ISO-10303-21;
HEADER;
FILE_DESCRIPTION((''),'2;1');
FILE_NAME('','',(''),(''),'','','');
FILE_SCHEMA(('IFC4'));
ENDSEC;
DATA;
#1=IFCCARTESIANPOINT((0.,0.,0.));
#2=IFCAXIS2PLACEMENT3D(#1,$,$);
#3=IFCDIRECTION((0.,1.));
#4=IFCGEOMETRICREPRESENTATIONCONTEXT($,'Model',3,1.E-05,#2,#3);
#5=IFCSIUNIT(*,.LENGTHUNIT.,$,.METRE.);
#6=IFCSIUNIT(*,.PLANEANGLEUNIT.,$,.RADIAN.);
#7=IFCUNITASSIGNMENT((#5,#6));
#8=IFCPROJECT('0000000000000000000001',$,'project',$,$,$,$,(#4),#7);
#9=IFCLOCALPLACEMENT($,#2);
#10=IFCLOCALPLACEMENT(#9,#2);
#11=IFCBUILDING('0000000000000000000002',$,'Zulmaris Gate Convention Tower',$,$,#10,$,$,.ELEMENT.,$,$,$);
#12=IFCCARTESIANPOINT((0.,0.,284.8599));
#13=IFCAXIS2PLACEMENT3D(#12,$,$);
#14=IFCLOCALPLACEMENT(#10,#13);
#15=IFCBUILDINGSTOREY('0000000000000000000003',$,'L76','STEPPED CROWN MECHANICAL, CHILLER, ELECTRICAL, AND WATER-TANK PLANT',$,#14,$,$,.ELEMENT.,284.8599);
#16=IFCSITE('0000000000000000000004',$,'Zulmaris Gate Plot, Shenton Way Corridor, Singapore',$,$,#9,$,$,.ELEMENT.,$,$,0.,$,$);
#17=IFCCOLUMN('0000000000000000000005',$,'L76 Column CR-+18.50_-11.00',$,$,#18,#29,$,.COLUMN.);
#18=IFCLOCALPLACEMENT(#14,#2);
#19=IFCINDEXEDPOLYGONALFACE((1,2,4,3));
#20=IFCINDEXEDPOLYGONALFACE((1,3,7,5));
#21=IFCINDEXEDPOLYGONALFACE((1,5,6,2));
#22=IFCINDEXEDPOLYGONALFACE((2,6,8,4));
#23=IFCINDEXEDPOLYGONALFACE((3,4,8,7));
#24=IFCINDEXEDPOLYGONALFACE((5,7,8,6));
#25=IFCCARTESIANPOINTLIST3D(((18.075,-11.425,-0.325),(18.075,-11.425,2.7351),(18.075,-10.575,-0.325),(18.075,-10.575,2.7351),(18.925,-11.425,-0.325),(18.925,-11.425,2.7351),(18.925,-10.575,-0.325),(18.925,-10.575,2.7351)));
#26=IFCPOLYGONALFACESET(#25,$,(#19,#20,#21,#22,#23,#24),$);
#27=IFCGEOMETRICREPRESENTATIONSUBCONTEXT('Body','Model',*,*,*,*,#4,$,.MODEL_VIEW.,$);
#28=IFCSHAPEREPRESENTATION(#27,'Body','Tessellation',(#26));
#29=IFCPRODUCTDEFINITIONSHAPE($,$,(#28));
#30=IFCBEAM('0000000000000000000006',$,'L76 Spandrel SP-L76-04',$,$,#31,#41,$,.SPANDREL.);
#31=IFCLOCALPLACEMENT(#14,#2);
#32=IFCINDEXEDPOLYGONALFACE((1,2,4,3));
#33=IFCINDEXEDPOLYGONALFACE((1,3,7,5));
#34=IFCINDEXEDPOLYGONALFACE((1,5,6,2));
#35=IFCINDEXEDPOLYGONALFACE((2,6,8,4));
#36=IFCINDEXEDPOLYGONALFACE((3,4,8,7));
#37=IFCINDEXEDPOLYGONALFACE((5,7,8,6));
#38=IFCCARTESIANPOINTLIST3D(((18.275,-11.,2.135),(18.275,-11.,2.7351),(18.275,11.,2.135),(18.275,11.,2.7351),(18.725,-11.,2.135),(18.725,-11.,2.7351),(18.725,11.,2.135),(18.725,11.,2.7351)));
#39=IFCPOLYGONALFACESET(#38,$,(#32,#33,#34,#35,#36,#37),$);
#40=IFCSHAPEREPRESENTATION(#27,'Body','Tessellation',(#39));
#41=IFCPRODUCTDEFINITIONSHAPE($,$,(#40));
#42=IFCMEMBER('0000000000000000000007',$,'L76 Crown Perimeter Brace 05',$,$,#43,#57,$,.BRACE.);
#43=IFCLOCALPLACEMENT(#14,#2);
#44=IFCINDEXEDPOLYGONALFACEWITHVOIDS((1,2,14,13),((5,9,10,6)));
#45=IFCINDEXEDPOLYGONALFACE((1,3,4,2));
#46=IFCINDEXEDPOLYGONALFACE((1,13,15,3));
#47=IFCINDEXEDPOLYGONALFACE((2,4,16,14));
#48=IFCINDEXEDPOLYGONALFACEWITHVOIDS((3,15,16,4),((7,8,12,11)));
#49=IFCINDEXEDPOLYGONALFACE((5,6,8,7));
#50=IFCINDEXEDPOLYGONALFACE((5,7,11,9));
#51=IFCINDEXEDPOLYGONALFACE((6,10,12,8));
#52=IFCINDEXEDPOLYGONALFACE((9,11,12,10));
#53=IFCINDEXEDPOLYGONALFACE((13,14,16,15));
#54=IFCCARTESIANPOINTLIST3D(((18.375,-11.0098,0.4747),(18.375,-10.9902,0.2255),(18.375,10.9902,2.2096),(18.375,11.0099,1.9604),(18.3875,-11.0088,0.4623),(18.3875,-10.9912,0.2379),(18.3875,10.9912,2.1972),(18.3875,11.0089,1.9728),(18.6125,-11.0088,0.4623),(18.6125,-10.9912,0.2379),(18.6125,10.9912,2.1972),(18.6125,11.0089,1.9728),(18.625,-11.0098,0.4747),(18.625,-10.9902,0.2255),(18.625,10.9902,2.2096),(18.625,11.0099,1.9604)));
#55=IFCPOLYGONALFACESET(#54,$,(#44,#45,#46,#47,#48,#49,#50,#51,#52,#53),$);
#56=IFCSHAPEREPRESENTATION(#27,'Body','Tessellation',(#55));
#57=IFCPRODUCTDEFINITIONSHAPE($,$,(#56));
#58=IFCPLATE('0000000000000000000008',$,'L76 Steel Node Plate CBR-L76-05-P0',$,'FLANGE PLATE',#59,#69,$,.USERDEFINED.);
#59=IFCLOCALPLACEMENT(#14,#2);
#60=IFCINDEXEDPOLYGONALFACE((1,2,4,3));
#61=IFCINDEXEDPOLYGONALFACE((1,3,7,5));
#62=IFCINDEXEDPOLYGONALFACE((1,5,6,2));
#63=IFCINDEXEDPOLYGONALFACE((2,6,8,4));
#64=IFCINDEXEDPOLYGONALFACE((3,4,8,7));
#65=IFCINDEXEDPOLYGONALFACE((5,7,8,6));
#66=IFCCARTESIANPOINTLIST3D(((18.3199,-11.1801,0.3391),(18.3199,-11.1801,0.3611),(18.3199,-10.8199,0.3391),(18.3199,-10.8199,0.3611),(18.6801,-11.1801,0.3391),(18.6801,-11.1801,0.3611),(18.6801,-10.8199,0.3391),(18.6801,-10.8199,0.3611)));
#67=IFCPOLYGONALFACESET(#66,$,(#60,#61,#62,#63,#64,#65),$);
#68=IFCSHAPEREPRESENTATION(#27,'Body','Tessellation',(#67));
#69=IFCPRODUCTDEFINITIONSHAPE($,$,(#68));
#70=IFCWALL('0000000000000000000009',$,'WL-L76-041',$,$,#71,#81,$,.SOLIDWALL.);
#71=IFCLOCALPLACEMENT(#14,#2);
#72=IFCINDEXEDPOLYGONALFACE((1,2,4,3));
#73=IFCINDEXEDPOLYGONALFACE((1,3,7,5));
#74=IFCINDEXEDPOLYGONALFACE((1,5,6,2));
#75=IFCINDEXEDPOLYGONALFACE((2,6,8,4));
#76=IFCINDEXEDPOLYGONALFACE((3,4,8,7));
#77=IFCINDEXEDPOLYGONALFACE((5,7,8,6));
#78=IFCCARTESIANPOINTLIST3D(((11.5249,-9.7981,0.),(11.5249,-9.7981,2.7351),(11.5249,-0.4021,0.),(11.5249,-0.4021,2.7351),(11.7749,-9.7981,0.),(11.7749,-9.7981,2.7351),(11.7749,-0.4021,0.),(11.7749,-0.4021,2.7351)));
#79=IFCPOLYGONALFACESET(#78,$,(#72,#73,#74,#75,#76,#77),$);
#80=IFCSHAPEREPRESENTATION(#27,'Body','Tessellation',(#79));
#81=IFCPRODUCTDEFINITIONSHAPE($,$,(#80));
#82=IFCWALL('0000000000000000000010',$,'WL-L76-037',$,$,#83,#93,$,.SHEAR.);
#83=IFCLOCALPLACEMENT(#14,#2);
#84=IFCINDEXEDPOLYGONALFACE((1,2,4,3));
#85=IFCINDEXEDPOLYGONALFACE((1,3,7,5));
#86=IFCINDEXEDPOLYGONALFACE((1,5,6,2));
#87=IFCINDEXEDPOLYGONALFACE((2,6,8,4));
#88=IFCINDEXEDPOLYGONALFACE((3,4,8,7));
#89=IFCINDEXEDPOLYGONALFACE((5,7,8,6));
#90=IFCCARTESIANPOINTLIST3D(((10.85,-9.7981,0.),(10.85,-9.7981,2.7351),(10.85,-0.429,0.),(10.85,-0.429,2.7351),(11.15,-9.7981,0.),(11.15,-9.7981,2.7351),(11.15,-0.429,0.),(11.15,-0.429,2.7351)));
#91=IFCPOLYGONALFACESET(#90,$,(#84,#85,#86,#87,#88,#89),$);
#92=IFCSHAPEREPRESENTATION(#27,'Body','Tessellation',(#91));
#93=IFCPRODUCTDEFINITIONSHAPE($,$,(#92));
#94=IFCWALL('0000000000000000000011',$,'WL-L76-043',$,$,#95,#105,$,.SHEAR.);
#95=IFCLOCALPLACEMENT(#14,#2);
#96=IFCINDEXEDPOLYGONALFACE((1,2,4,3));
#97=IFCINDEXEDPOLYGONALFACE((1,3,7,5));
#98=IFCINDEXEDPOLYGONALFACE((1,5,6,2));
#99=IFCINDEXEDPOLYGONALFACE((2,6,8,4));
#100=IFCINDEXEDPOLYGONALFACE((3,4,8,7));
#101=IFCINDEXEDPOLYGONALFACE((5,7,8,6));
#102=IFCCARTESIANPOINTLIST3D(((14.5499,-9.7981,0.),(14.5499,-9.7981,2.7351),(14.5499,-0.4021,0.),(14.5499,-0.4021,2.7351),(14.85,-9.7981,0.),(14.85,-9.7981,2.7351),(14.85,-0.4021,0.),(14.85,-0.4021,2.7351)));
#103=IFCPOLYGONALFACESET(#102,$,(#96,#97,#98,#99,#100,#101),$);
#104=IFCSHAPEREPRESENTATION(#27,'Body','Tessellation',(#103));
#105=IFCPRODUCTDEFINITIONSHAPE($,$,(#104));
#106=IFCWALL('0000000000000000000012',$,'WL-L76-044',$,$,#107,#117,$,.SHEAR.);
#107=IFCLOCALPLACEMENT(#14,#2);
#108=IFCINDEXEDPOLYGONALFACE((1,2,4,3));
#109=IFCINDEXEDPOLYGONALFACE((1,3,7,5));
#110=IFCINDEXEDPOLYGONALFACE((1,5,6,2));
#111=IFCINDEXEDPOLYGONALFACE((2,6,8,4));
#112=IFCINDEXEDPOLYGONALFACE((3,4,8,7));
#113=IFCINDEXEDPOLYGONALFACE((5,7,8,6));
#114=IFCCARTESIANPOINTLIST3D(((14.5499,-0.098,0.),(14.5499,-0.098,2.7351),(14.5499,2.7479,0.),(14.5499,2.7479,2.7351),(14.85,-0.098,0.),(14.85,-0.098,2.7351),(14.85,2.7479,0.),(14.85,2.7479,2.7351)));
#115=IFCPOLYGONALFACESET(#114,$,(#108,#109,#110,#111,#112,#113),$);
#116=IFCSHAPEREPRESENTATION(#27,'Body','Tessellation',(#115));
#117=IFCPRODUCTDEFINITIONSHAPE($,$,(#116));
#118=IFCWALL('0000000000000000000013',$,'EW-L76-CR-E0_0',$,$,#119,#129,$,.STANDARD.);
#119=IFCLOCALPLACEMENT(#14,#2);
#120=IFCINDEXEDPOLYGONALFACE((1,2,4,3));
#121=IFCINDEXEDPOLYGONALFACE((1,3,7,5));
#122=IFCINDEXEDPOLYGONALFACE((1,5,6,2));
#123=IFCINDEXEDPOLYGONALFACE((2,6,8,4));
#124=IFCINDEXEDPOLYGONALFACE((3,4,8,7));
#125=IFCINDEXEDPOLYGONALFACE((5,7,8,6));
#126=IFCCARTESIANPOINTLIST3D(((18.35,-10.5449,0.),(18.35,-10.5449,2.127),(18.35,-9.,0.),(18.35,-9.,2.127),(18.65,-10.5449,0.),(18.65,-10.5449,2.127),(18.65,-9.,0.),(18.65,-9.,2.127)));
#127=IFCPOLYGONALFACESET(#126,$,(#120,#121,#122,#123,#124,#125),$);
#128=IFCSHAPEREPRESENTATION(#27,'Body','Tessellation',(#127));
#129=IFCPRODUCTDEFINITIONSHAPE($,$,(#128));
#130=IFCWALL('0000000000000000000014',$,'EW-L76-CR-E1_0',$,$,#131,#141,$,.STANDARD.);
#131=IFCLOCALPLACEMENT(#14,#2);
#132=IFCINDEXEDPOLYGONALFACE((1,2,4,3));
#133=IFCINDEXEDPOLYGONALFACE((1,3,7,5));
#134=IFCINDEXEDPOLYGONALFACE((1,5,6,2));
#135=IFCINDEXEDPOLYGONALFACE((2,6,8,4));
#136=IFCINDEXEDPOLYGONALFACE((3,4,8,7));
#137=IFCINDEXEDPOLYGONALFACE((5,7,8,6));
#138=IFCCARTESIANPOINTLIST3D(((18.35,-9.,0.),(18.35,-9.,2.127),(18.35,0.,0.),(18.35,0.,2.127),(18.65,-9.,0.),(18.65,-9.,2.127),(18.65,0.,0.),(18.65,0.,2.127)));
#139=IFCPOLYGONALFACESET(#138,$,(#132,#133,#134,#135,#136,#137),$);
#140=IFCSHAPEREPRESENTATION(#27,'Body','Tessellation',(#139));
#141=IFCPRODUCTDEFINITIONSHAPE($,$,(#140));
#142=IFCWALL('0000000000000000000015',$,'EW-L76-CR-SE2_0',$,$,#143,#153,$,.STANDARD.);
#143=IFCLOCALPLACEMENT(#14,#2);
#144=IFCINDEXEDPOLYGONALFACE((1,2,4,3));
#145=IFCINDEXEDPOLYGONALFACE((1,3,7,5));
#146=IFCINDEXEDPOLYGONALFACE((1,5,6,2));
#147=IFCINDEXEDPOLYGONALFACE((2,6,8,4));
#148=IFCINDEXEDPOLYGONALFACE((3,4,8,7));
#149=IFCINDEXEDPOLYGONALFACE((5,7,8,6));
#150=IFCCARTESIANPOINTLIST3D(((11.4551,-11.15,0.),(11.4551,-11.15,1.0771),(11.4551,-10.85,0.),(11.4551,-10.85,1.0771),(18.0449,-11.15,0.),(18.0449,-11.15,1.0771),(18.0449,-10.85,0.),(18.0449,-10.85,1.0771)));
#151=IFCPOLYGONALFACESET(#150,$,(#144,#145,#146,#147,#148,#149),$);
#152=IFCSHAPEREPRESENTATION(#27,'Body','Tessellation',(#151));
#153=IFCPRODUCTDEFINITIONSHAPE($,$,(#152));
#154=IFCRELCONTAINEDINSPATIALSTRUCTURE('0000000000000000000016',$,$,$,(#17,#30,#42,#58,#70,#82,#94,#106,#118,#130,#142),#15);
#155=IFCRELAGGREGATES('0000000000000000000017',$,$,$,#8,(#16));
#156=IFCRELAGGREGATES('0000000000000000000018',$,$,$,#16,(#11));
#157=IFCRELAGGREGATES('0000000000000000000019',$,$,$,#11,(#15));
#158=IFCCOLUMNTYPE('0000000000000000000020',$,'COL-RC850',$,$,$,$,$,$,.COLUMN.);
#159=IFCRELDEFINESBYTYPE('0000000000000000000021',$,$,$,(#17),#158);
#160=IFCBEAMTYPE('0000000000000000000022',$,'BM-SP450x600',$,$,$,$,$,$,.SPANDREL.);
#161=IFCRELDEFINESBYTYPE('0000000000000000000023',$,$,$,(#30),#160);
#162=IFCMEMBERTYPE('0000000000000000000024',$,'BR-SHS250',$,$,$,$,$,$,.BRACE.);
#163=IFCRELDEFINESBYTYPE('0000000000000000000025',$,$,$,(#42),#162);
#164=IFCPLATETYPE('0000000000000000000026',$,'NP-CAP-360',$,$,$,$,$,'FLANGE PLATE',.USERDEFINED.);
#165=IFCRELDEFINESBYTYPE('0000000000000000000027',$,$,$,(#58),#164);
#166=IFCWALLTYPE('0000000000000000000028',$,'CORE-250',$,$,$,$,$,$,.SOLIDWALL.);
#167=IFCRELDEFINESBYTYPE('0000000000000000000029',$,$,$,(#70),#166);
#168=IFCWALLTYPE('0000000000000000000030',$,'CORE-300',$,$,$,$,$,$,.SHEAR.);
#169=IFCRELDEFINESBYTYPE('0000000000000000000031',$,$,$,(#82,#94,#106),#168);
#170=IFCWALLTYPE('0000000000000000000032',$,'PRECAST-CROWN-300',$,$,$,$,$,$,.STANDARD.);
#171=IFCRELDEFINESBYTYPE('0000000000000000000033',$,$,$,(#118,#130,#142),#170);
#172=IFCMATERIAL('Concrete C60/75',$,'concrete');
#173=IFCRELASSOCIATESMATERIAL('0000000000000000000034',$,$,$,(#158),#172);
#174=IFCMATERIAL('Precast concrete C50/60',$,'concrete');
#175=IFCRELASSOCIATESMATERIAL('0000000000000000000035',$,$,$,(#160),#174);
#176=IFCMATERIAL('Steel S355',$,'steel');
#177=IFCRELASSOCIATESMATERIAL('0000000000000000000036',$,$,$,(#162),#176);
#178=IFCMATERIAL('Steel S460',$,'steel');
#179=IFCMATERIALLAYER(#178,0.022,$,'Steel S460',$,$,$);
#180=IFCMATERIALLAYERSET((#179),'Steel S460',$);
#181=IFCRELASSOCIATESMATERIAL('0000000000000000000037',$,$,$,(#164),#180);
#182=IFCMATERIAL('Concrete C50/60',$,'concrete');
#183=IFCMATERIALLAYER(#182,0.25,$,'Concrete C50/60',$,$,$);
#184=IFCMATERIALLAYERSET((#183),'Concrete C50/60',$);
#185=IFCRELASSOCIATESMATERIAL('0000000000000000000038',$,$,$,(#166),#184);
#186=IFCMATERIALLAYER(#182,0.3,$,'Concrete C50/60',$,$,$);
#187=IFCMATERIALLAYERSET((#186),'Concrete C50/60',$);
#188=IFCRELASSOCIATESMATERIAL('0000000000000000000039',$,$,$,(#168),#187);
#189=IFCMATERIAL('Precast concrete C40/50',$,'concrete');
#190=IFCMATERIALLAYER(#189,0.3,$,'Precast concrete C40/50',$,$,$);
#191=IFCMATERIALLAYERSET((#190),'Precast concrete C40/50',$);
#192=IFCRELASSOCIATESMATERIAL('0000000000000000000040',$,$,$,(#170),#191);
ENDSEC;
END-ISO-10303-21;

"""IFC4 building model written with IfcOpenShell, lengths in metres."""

from ifc_helpers import new_model, si_unit, direction, frame, frame_2d, origin, origin_2d, place, context, subcontext, project, spatial, rectangle, hollow_rectangle, extrude, material, layer, layer_set, material_profile, profile_set, type_object, element, save


model = new_model("IFC4")

# Units and contexts
model_context = context("Model", 3, precision=1e-05, world=origin(), true_north=direction((0.0, 1.0)))
body_context = subcontext(model_context, "Body", "Model", "MODEL_VIEW")
ifc_project = project(units=[si_unit("LENGTHUNIT", "METRE"), si_unit("PLANEANGLEUNIT", "RADIAN")], contexts=[model_context])

# Site, building, storey
site_placement = place(None, origin())
site = spatial("IfcSite", under=ifc_project, at=site_placement, Name="Zulmaris Gate Plot, Shenton Way Corridor, Singapore", CompositionType="ELEMENT", RefElevation=0.0)
building_placement = place(site_placement, origin())
building = spatial("IfcBuilding", under=site, at=building_placement, Name="Zulmaris Gate Convention Tower", CompositionType="ELEMENT")
storey_placement = place(building_placement, frame((0.0, 0.0, 284.8599)))
storey = spatial("IfcBuildingStorey", under=building, at=storey_placement, Name="L76", Description="STEPPED CROWN MECHANICAL, CHILLER, ELECTRICAL, AND WATER-TANK PLANT", CompositionType="ELEMENT", Elevation=284.8599)

# Column
ifc_material_1 = material(Name="Concrete C60/75", Category="concrete")
ifc_material_profile_1 = material_profile(ifc_material_1, rectangle(XDim=0.8501, YDim=0.8501, at=origin_2d()), Name="RC COL 850x850")
ifc_profile_set_1 = profile_set([ifc_material_profile_1], Name="Concrete C60/75")
column_type = type_object("IfcColumnType", Name="COL-RC850", PredefinedType="COLUMN", material=ifc_profile_set_1)
column_placement = place(storey_placement, frame((18.5, -11.0, -0.325), z_axis=(0.0, 0.0, 1.0), x_axis=(1.0, 0.0, 0.0)))
element("IfcColumn", 1, at=column_placement, inside=storey, type_object=column_type, Name="L76 Column CR-+18.50_-11.00", PredefinedType="COLUMN", context=body_context, shape_type="SweptSolid", body=[
    extrude(rectangle(XDim=0.8501, YDim=0.8501, at=origin_2d()), origin(), (0.0, 0.0, 1.0), 3.0601),
])

# Beam
ifc_material_2 = material(Name="Precast concrete C50/60", Category="concrete")
ifc_material_profile_2 = material_profile(ifc_material_2, rectangle(XDim=0.45, YDim=0.6001, at=origin_2d()), Name="RC SPANDREL 450x600")
ifc_profile_set_2 = profile_set([ifc_material_profile_2], Name="Precast concrete C50/60")
beam_type = type_object("IfcBeamType", Name="BM-SP450x600", PredefinedType="SPANDREL", material=ifc_profile_set_2)
beam_placement = place(storey_placement, frame((18.5, -11.0, 2.4351), z_axis=(0.0, 1.0, 0.0), x_axis=(-1.0, 0.0, 0.0)))
element("IfcBeam", 2, at=beam_placement, inside=storey, type_object=beam_type, Name="L76 Spandrel SP-L76-04", PredefinedType="SPANDREL", context=body_context, shape_type="SweptSolid", body=[
    extrude(rectangle(XDim=0.45, YDim=0.6001, at=origin_2d()), origin(), (0.0, 0.0, 1.0), 22.0),
])

# Member
ifc_material_3 = material(Name="Steel S355", Category="steel")
ifc_material_profile_3 = material_profile(ifc_material_3, hollow_rectangle(XDim=0.25, YDim=0.25, WallThickness=0.0125, at=origin_2d()), Name="SHS 250x250x12.5")
ifc_profile_set_3 = profile_set([ifc_material_profile_3], Name="Steel S355")
member_type = type_object("IfcMemberType", Name="BR-SHS250", PredefinedType="BRACE", material=ifc_profile_set_3)
member_placement = place(storey_placement, frame((18.5, -11.0, 0.3501), z_axis=(0.0, 0.996905, 0.078613), x_axis=(-1.0, 0.0, 0.0)))
element("IfcMember", 3, at=member_placement, inside=storey, type_object=member_type, Name="L76 Crown Perimeter Brace 05", PredefinedType="BRACE", context=body_context, shape_type="SweptSolid", body=[
    extrude(hollow_rectangle(XDim=0.25, YDim=0.25, WallThickness=0.0125, at=origin_2d()), origin(), (0.0, 0.0, 1.0), 22.0684),
])

# Plate
ifc_material_4 = material(Name="Steel S460", Category="steel")
ifc_layer_1 = layer(ifc_material_4, 0.022, Name="Steel S460")
ifc_layer_set_1 = layer_set([ifc_layer_1], Name="Steel S460")
plate_type = type_object("IfcPlateType", Name="NP-CAP-360", ElementType="FLANGE PLATE", PredefinedType="USERDEFINED", material=ifc_layer_set_1)
plate_placement = place(storey_placement, frame((18.5, -11.0, 0.3391), z_axis=(0.0, 0.0, 1.0), x_axis=(1.0, 0.0, 0.0)))
element("IfcPlate", 4, at=plate_placement, inside=storey, type_object=plate_type, Name="L76 Steel Node Plate CBR-L76-05-P0", ObjectType="FLANGE PLATE", PredefinedType="USERDEFINED", context=body_context, shape_type="SweptSolid", body=[
    extrude(rectangle(XDim=0.3601, YDim=0.3601, at=origin_2d()), origin(), (0.0, 0.0, 1.0), 0.022),
])

# Wall
ifc_material_5 = material(Name="Concrete C50/60", Category="concrete")
ifc_layer_2 = layer(ifc_material_5, 0.25, Name="Concrete C50/60")
ifc_layer_set_2 = layer_set([ifc_layer_2], Name="Concrete C50/60")
wall_type_1 = type_object("IfcWallType", Name="CORE-250", PredefinedType="SOLIDWALL", material=ifc_layer_set_2)
wall_1_placement = place(storey_placement, frame((11.6499, -9.7981, 0.0), z_axis=(0.0, 0.0, 1.0), x_axis=(0.0, 1.0, 0.0)))
element("IfcWall", 5, at=wall_1_placement, inside=storey, type_object=wall_type_1, Name="WL-L76-041", PredefinedType="SOLIDWALL", context=body_context, shape_type="SweptSolid", body=[
    extrude(rectangle(XDim=9.396, YDim=0.25, at=frame_2d((4.698, 0.0))), origin(), (0.0, 0.0, 1.0), 2.7351),
])

# Shared definitions
ifc_layer_3 = layer(ifc_material_5, 0.3, Name="Concrete C50/60")
ifc_layer_set_3 = layer_set([ifc_layer_3], Name="Concrete C50/60")
wall_type_2 = type_object("IfcWallType", Name="CORE-300", PredefinedType="SHEAR", material=ifc_layer_set_3)

# Walls
wall_2_placement = place(storey_placement, frame((11.0, -9.7981, 0.0), z_axis=(0.0, 0.0, 1.0), x_axis=(0.0, 1.0, 0.0)))
element("IfcWall", 6, at=wall_2_placement, inside=storey, type_object=wall_type_2, Name="WL-L76-037", PredefinedType="SHEAR", context=body_context, shape_type="SweptSolid", body=[
    extrude(rectangle(XDim=9.3691, YDim=0.3, at=frame_2d((4.6846, 0.0))), origin(), (0.0, 0.0, 1.0), 2.7351),
])
wall_3_placement = place(storey_placement, frame((14.7, -9.7981, 0.0), z_axis=(0.0, 0.0, 1.0), x_axis=(0.0, 1.0, 0.0)))
element("IfcWall", 7, at=wall_3_placement, inside=storey, type_object=wall_type_2, Name="WL-L76-043", PredefinedType="SHEAR", context=body_context, shape_type="SweptSolid", body=[
    extrude(rectangle(XDim=9.396, YDim=0.3, at=frame_2d((4.698, 0.0))), origin(), (0.0, 0.0, 1.0), 2.7351),
])
wall_4_placement = place(storey_placement, frame((14.7, -0.0979, 0.0), z_axis=(0.0, 0.0, 1.0), x_axis=(0.0, 1.0, 0.0)))
element("IfcWall", 8, at=wall_4_placement, inside=storey, type_object=wall_type_2, Name="WL-L76-044", PredefinedType="SHEAR", context=body_context, shape_type="SweptSolid", body=[
    extrude(rectangle(XDim=2.8459, YDim=0.3, at=frame_2d((1.4229, 0.0))), origin(), (0.0, 0.0, 1.0), 2.7351),
])
ifc_material_6 = material(Name="Precast concrete C40/50", Category="concrete")
ifc_layer_4 = layer(ifc_material_6, 0.3, Name="Precast concrete C40/50")
ifc_layer_set_4 = layer_set([ifc_layer_4], Name="Precast concrete C40/50")
wall_type_3 = type_object("IfcWallType", Name="PRECAST-CROWN-300", PredefinedType="STANDARD", material=ifc_layer_set_4)
wall_5_placement = place(storey_placement, frame((18.5, -10.5449, 0.0), z_axis=(0.0, 0.0, 1.0), x_axis=(0.0, 1.0, 0.0)))
element("IfcWall", 9, at=wall_5_placement, inside=storey, type_object=wall_type_3, Name="EW-L76-CR-E0_0", PredefinedType="STANDARD", context=body_context, shape_type="SweptSolid", body=[
    extrude(rectangle(XDim=1.5449, YDim=0.3, at=frame_2d((0.7725, 0.0))), origin(), (0.0, 0.0, 1.0), 2.127),
])
wall_6_placement = place(storey_placement, frame((18.5, -9.0, 0.0), z_axis=(0.0, 0.0, 1.0), x_axis=(0.0, 1.0, 0.0)))
element("IfcWall", 10, at=wall_6_placement, inside=storey, type_object=wall_type_3, Name="EW-L76-CR-E1_0", PredefinedType="STANDARD", context=body_context, shape_type="SweptSolid", body=[
    extrude(rectangle(XDim=9.0, YDim=0.3, at=frame_2d((4.5, 0.0))), origin(), (0.0, 0.0, 1.0), 2.127),
])
wall_7_placement = place(storey_placement, frame((11.4551, -11.0, 0.0), z_axis=(0.0, 0.0, 1.0), x_axis=(1.0, 0.0, 0.0)))
element("IfcWall", 11, at=wall_7_placement, inside=storey, type_object=wall_type_3, Name="EW-L76-CR-SE2_0", PredefinedType="STANDARD", context=body_context, shape_type="SweptSolid", body=[
    extrude(rectangle(XDim=6.5898, YDim=0.3, at=frame_2d((3.2949, 0.0))), origin(), (0.0, 0.0, 1.0), 1.0771),
])

save(model, "model.ifc")
